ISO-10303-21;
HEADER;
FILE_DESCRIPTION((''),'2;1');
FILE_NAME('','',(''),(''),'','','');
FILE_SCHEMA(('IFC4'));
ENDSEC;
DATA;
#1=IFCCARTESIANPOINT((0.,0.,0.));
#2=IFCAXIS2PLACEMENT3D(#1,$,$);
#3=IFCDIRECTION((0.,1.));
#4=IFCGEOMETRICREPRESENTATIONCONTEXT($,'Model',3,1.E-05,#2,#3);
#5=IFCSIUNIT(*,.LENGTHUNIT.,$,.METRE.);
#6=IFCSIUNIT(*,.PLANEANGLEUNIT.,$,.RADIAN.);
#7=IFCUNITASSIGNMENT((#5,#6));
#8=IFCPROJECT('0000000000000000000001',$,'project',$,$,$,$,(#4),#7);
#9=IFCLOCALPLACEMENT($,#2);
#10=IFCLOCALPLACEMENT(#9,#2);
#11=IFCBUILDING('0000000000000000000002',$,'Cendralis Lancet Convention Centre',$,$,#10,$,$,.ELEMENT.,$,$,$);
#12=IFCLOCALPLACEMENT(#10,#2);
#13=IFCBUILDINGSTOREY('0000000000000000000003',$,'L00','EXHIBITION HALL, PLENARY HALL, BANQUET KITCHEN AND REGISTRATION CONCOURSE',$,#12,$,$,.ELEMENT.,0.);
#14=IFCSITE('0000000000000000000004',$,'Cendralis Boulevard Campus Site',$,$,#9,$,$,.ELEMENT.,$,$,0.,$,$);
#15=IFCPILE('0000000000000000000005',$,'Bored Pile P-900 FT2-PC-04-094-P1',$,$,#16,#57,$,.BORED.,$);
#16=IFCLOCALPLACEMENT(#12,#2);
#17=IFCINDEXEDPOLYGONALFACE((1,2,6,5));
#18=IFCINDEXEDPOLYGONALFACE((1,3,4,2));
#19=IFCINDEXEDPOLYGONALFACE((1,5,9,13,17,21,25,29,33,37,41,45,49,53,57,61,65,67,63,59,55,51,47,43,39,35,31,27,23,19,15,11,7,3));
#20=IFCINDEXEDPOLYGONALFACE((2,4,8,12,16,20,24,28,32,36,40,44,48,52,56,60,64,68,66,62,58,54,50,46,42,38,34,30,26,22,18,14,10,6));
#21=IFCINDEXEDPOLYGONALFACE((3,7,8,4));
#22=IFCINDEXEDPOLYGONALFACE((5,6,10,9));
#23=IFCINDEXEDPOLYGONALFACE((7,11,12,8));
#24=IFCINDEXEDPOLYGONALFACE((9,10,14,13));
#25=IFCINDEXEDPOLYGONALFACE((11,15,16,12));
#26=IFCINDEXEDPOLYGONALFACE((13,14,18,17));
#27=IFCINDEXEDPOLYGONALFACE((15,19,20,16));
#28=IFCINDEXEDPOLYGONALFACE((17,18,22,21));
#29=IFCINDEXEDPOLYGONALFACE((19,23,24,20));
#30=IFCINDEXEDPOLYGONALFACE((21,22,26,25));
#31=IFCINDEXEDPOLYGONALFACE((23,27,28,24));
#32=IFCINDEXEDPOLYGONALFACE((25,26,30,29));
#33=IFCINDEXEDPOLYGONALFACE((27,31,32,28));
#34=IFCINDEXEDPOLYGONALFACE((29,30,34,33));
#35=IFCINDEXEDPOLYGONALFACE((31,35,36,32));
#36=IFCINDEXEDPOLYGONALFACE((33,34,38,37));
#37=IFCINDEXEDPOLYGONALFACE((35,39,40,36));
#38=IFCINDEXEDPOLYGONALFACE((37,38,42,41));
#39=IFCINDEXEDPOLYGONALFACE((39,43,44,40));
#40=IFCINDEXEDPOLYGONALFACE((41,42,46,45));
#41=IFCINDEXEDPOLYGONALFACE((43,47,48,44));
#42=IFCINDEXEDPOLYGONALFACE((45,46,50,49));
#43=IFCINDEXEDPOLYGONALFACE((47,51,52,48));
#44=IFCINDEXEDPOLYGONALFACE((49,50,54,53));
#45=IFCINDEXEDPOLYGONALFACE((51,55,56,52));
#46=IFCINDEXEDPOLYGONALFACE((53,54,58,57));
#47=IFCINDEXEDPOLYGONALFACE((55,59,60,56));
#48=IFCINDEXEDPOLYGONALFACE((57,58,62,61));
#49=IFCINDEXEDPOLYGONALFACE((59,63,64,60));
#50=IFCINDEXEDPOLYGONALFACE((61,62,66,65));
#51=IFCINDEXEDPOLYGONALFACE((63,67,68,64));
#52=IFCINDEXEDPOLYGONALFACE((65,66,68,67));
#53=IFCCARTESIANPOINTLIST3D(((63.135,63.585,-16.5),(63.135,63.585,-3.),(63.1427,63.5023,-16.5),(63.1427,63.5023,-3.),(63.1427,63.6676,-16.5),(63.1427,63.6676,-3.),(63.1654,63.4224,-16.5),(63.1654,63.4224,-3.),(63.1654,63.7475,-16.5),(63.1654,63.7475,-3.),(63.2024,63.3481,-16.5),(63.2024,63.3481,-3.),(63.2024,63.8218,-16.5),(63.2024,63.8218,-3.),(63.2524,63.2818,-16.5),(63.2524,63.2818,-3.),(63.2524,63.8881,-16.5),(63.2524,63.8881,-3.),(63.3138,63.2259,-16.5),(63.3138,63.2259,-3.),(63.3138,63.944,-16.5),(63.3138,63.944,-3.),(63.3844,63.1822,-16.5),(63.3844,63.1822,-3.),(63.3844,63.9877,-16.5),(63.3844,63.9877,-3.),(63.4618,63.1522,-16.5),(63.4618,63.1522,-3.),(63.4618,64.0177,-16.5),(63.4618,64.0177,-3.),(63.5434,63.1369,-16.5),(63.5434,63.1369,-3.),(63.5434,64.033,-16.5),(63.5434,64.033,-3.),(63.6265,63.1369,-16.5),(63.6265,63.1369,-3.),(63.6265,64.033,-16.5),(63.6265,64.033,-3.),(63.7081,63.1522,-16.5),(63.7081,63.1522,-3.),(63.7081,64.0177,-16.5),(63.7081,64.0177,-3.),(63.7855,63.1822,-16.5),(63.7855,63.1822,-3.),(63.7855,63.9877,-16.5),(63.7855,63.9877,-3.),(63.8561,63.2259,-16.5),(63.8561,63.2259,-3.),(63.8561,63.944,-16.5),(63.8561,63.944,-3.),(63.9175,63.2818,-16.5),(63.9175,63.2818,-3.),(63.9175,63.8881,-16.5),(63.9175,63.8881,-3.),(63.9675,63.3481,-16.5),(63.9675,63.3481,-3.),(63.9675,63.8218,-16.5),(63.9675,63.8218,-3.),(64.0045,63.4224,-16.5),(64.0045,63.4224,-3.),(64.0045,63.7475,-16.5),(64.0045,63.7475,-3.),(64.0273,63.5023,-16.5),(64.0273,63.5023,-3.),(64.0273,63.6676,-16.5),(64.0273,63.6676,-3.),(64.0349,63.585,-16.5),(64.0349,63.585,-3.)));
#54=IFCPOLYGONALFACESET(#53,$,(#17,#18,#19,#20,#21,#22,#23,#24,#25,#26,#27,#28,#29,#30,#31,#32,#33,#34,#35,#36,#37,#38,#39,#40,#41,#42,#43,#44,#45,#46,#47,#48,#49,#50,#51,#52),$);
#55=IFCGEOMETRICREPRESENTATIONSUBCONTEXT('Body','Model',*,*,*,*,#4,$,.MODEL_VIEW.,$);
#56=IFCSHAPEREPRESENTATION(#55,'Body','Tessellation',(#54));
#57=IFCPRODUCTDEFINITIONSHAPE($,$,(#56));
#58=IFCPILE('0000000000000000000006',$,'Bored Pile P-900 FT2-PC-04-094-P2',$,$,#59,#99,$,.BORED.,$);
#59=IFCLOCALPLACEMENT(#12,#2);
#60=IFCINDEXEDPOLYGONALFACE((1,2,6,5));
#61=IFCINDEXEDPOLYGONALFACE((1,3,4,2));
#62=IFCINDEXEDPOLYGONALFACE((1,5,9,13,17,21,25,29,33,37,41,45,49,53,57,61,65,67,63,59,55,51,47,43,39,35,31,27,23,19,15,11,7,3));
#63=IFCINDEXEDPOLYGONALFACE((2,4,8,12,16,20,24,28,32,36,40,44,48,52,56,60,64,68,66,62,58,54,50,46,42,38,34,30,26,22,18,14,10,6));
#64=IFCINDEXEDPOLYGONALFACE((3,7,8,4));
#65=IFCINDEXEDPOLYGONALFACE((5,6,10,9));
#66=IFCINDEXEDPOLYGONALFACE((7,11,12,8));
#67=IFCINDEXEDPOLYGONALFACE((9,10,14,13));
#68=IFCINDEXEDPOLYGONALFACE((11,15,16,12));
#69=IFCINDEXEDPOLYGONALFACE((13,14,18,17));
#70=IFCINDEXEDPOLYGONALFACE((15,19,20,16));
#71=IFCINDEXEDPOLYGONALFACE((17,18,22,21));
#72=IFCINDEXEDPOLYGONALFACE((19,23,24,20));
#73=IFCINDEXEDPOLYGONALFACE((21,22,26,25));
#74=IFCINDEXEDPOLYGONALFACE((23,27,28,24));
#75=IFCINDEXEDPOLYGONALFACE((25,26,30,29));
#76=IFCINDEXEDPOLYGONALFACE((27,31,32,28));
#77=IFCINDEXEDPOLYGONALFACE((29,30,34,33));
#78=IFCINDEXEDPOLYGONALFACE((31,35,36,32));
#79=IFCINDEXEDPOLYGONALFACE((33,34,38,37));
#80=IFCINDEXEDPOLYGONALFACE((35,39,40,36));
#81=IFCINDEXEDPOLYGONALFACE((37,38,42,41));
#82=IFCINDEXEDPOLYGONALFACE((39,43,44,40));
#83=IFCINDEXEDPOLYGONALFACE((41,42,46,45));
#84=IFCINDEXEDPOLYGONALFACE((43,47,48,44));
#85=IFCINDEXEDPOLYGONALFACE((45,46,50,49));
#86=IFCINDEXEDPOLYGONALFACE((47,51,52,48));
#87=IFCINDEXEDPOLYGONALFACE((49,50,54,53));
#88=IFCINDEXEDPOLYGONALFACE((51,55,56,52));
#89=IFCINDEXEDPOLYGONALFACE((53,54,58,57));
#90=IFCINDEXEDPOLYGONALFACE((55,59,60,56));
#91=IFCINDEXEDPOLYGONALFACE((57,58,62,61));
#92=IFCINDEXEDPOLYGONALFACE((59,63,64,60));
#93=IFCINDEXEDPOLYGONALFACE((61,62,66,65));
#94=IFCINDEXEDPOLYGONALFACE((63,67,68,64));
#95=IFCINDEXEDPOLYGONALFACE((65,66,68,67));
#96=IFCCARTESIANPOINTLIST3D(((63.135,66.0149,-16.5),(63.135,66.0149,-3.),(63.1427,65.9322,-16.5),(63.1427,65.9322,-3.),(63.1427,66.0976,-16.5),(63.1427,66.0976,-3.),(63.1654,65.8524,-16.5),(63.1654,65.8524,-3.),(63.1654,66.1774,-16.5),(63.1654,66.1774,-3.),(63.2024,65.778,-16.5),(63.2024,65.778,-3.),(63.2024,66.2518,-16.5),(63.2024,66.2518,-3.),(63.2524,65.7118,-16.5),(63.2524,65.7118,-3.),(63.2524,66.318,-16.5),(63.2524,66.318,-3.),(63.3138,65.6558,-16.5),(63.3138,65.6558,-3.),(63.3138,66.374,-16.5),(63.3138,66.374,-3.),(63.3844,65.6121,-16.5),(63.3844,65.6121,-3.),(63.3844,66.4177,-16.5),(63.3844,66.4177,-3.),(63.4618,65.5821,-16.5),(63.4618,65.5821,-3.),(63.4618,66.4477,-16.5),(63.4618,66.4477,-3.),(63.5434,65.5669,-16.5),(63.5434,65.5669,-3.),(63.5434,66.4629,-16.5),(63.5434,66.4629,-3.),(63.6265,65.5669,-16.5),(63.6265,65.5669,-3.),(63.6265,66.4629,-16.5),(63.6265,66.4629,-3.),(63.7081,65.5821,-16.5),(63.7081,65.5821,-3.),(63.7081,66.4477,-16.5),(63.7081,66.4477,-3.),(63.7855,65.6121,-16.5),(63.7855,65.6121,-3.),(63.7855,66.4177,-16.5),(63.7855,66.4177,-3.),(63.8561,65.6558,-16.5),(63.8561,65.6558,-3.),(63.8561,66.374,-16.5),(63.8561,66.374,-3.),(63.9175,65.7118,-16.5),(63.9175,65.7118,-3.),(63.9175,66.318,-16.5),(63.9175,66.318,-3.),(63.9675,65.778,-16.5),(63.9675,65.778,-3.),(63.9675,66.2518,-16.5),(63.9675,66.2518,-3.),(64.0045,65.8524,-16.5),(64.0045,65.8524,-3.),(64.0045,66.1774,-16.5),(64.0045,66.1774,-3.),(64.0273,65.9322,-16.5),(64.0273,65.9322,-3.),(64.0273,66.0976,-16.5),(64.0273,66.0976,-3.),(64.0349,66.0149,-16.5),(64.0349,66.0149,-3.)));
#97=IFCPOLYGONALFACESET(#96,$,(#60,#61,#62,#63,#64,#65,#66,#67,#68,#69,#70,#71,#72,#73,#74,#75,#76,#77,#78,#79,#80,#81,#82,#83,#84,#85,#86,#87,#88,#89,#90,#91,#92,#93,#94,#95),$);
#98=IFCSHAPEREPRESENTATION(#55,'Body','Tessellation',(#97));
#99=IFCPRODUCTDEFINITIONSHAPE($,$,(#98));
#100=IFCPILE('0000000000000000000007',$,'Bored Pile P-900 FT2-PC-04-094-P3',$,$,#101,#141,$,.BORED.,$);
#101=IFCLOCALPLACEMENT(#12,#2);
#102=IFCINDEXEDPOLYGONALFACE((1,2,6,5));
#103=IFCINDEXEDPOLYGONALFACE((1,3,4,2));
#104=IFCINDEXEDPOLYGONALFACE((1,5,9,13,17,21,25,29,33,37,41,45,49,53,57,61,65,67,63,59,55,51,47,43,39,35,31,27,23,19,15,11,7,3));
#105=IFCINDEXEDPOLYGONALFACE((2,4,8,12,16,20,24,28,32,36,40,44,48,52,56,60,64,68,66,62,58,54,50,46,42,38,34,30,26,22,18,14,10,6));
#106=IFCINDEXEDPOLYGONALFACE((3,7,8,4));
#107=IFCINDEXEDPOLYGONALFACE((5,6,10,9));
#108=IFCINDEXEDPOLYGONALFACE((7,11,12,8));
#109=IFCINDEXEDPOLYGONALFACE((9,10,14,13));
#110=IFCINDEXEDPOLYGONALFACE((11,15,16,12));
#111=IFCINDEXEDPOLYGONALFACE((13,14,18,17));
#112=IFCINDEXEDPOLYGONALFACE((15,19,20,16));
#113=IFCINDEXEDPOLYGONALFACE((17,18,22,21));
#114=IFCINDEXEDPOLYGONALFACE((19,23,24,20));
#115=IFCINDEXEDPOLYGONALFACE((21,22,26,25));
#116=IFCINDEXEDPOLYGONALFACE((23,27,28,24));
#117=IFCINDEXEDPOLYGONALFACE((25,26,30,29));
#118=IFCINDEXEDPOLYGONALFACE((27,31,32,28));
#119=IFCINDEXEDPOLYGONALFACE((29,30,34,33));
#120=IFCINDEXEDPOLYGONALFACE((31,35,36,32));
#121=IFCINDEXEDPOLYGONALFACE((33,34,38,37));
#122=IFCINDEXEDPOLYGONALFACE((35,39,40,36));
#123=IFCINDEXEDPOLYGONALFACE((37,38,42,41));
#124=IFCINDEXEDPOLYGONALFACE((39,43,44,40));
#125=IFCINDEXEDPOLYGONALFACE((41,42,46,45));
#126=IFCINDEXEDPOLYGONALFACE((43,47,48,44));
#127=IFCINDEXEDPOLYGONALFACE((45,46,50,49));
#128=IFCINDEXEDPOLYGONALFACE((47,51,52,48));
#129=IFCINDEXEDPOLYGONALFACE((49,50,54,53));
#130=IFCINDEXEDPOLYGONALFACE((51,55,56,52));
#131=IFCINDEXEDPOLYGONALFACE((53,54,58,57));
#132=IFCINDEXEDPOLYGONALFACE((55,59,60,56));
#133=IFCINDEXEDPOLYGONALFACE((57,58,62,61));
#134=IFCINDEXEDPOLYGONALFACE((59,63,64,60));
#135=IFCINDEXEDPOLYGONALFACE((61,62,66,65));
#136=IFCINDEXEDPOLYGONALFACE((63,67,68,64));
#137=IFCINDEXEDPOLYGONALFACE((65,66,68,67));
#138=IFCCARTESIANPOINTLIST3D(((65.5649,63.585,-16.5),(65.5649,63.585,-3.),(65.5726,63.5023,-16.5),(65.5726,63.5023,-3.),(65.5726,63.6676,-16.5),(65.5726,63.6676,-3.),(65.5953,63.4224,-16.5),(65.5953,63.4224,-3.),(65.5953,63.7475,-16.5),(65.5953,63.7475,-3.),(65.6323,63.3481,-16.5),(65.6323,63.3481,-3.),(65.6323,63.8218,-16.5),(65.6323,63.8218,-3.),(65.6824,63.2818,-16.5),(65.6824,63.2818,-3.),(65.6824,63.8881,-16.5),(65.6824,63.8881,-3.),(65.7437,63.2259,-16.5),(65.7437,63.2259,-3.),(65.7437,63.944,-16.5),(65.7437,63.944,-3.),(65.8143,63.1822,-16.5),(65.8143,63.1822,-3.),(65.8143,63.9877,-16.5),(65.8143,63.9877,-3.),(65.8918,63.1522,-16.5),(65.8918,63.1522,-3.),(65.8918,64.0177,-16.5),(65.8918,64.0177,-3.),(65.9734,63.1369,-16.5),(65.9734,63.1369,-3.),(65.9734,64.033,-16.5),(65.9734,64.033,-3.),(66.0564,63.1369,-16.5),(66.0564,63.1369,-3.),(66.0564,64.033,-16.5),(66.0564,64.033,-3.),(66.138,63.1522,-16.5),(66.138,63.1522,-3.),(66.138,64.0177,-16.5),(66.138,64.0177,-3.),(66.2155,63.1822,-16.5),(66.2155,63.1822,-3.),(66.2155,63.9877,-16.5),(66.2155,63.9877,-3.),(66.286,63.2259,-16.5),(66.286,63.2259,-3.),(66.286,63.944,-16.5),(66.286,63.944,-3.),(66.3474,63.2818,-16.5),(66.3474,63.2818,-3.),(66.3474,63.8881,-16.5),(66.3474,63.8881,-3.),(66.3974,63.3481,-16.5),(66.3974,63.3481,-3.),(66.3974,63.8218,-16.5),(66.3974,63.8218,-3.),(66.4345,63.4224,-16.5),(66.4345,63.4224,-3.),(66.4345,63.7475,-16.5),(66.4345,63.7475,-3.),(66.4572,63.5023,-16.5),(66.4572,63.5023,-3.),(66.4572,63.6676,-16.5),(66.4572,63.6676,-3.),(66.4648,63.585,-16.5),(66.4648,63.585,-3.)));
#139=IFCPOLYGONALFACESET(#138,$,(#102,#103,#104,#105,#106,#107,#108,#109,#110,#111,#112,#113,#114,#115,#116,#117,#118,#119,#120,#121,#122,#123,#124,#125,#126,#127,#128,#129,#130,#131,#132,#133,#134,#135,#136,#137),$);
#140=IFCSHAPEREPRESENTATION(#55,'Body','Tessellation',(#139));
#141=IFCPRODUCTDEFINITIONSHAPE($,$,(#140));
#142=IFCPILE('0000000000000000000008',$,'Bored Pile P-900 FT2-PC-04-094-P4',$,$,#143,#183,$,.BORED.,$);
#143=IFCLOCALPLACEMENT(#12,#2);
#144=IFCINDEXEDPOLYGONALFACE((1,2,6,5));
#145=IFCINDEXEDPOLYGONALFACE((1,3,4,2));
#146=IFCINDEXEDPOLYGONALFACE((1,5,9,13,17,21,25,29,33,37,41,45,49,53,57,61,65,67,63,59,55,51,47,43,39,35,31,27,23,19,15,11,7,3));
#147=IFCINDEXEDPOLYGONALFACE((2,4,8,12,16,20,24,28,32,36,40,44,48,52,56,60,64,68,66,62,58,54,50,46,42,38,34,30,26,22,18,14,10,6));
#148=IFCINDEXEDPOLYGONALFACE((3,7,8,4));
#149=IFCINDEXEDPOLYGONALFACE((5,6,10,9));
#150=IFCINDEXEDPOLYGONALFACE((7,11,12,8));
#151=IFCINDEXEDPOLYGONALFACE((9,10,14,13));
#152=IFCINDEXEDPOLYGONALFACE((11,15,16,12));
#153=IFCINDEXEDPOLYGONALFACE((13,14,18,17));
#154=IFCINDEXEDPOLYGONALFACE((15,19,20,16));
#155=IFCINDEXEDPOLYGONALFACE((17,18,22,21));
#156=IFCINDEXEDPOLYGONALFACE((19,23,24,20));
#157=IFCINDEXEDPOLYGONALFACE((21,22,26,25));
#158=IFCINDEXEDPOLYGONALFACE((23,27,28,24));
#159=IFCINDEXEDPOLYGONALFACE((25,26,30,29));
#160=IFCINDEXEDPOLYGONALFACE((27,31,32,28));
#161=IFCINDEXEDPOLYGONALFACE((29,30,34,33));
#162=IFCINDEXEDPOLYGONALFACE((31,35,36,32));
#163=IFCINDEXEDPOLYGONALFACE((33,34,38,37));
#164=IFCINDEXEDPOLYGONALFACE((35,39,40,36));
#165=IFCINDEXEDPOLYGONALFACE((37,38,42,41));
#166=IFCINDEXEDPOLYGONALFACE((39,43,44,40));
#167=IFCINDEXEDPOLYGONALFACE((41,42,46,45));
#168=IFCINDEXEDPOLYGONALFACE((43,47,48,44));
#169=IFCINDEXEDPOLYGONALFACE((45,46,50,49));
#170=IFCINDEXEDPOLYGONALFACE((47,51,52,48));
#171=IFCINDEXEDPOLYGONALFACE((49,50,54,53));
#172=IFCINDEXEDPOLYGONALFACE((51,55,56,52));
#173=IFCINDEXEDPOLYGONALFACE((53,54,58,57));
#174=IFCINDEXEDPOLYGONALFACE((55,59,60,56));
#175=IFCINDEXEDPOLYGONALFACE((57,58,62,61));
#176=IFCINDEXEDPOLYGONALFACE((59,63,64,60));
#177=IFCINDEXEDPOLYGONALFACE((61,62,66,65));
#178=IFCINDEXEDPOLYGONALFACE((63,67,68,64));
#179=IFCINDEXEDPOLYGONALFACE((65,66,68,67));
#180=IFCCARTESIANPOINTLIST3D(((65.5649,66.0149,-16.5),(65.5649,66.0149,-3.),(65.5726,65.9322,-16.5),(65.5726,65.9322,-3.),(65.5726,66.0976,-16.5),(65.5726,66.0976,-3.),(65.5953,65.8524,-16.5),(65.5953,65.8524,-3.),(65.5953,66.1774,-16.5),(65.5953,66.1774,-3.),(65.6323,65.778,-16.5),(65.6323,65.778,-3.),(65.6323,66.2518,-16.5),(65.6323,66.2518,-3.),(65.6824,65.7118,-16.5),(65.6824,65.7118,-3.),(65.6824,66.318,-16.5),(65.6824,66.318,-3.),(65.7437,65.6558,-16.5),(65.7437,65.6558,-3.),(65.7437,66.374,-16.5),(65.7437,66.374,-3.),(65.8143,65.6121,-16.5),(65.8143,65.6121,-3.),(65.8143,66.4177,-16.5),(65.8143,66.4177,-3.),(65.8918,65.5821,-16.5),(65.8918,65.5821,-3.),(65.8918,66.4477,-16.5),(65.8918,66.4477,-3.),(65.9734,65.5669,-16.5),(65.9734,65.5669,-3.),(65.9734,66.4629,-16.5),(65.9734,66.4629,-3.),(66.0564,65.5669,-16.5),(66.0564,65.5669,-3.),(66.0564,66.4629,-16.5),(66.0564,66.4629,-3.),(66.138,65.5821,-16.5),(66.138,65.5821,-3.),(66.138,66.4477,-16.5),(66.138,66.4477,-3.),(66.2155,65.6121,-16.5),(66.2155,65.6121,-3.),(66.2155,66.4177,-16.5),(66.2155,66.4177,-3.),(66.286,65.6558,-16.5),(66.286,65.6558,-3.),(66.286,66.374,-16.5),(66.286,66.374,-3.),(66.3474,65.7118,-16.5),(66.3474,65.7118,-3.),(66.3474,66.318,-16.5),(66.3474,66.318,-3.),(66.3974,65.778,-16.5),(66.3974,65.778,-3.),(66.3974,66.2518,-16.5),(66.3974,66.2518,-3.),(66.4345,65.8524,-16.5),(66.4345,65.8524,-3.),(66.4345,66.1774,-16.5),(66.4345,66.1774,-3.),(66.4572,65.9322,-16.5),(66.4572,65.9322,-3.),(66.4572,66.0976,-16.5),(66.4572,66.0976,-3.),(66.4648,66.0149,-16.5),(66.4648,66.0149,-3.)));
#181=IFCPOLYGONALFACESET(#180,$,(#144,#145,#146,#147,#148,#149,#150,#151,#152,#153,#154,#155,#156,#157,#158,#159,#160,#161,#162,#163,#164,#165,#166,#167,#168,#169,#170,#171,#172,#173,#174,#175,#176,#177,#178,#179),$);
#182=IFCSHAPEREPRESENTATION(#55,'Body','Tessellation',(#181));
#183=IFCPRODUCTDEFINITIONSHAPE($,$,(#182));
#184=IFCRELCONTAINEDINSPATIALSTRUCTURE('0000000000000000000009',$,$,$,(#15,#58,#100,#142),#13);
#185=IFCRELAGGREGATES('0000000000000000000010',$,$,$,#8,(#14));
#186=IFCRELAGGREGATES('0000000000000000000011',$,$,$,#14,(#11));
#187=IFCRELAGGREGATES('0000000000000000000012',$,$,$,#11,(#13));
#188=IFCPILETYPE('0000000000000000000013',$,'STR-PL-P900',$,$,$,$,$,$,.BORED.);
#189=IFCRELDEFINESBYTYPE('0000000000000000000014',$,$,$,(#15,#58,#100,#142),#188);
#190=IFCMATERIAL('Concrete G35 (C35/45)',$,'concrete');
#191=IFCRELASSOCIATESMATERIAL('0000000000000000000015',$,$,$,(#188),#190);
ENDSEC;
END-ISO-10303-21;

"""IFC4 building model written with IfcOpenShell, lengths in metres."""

from ifc_helpers import new_model, si_unit, direction, frame, origin, origin_2d, place, context, subcontext, project, spatial, circle, extrude, material, material_profile, profile_set, type_object, element, save


model = new_model("IFC4")

# Units and contexts
model_context = context("Model", 3, precision=1e-05, world=origin(), true_north=direction((0.0, 1.0)))
body_context = subcontext(model_context, "Body", "Model", "MODEL_VIEW")
ifc_project = project(units=[si_unit("LENGTHUNIT", "METRE"), si_unit("PLANEANGLEUNIT", "RADIAN")], contexts=[model_context])

# Site, building, storey
site_placement = place(None, origin())
site = spatial("IfcSite", under=ifc_project, at=site_placement, Name="Cendralis Boulevard Campus Site", CompositionType="ELEMENT", RefElevation=0.0)
building_placement = place(site_placement, origin())
building = spatial("IfcBuilding", under=site, at=building_placement, Name="Cendralis Lancet Convention Centre", CompositionType="ELEMENT")
storey_placement = place(building_placement, origin())
storey = spatial("IfcBuildingStorey", under=building, at=storey_placement, Name="L00", Description="EXHIBITION HALL, PLENARY HALL, BANQUET KITCHEN AND REGISTRATION CONCOURSE", CompositionType="ELEMENT", Elevation=0.0)

# Shared definitions
ifc_material_1 = material(Name="Concrete G35 (C35/45)", Category="concrete")

# Piles
ifc_material_profile_1 = material_profile(ifc_material_1, circle(Radius=0.45, at=origin_2d()), Name="BORED PILE D900")
ifc_profile_set_1 = profile_set([ifc_material_profile_1], Name="Concrete G35 (C35/45)")
pile_type = type_object("IfcPileType", Name="STR-PL-P900", PredefinedType="BORED", material=ifc_profile_set_1)
for number, where, z_axis, x_axis, name in (
    (1, (63.585, 63.585, -3.0), (0.0, 0.0, -1.0), (1.0, 0.0, 0.0), "Bored Pile P-900 FT2-PC-04-094-P1"),
    (2, (63.585, 66.0149, -3.0), (0.0, 0.0, -1.0), (1.0, 0.0, 0.0), "Bored Pile P-900 FT2-PC-04-094-P2"),
    (3, (66.0149, 63.585, -3.0), (0.0, 0.0, -1.0), (1.0, 0.0, 0.0), "Bored Pile P-900 FT2-PC-04-094-P3"),
    (4, (66.0149, 66.0149, -3.0), (0.0, 0.0, -1.0), (1.0, 0.0, 0.0), "Bored Pile P-900 FT2-PC-04-094-P4"),
):
    element("IfcPile", number, at=place(storey_placement, frame(where, z_axis=z_axis, x_axis=x_axis)), inside=storey, type_object=pile_type, Name=name, PredefinedType="BORED", context=body_context, shape_type="SweptSolid", body=[
        extrude(circle(Radius=0.45, at=origin_2d()), origin(), (0.0, 0.0, 1.0), 13.5),
    ])

save(model, "model.ifc")
